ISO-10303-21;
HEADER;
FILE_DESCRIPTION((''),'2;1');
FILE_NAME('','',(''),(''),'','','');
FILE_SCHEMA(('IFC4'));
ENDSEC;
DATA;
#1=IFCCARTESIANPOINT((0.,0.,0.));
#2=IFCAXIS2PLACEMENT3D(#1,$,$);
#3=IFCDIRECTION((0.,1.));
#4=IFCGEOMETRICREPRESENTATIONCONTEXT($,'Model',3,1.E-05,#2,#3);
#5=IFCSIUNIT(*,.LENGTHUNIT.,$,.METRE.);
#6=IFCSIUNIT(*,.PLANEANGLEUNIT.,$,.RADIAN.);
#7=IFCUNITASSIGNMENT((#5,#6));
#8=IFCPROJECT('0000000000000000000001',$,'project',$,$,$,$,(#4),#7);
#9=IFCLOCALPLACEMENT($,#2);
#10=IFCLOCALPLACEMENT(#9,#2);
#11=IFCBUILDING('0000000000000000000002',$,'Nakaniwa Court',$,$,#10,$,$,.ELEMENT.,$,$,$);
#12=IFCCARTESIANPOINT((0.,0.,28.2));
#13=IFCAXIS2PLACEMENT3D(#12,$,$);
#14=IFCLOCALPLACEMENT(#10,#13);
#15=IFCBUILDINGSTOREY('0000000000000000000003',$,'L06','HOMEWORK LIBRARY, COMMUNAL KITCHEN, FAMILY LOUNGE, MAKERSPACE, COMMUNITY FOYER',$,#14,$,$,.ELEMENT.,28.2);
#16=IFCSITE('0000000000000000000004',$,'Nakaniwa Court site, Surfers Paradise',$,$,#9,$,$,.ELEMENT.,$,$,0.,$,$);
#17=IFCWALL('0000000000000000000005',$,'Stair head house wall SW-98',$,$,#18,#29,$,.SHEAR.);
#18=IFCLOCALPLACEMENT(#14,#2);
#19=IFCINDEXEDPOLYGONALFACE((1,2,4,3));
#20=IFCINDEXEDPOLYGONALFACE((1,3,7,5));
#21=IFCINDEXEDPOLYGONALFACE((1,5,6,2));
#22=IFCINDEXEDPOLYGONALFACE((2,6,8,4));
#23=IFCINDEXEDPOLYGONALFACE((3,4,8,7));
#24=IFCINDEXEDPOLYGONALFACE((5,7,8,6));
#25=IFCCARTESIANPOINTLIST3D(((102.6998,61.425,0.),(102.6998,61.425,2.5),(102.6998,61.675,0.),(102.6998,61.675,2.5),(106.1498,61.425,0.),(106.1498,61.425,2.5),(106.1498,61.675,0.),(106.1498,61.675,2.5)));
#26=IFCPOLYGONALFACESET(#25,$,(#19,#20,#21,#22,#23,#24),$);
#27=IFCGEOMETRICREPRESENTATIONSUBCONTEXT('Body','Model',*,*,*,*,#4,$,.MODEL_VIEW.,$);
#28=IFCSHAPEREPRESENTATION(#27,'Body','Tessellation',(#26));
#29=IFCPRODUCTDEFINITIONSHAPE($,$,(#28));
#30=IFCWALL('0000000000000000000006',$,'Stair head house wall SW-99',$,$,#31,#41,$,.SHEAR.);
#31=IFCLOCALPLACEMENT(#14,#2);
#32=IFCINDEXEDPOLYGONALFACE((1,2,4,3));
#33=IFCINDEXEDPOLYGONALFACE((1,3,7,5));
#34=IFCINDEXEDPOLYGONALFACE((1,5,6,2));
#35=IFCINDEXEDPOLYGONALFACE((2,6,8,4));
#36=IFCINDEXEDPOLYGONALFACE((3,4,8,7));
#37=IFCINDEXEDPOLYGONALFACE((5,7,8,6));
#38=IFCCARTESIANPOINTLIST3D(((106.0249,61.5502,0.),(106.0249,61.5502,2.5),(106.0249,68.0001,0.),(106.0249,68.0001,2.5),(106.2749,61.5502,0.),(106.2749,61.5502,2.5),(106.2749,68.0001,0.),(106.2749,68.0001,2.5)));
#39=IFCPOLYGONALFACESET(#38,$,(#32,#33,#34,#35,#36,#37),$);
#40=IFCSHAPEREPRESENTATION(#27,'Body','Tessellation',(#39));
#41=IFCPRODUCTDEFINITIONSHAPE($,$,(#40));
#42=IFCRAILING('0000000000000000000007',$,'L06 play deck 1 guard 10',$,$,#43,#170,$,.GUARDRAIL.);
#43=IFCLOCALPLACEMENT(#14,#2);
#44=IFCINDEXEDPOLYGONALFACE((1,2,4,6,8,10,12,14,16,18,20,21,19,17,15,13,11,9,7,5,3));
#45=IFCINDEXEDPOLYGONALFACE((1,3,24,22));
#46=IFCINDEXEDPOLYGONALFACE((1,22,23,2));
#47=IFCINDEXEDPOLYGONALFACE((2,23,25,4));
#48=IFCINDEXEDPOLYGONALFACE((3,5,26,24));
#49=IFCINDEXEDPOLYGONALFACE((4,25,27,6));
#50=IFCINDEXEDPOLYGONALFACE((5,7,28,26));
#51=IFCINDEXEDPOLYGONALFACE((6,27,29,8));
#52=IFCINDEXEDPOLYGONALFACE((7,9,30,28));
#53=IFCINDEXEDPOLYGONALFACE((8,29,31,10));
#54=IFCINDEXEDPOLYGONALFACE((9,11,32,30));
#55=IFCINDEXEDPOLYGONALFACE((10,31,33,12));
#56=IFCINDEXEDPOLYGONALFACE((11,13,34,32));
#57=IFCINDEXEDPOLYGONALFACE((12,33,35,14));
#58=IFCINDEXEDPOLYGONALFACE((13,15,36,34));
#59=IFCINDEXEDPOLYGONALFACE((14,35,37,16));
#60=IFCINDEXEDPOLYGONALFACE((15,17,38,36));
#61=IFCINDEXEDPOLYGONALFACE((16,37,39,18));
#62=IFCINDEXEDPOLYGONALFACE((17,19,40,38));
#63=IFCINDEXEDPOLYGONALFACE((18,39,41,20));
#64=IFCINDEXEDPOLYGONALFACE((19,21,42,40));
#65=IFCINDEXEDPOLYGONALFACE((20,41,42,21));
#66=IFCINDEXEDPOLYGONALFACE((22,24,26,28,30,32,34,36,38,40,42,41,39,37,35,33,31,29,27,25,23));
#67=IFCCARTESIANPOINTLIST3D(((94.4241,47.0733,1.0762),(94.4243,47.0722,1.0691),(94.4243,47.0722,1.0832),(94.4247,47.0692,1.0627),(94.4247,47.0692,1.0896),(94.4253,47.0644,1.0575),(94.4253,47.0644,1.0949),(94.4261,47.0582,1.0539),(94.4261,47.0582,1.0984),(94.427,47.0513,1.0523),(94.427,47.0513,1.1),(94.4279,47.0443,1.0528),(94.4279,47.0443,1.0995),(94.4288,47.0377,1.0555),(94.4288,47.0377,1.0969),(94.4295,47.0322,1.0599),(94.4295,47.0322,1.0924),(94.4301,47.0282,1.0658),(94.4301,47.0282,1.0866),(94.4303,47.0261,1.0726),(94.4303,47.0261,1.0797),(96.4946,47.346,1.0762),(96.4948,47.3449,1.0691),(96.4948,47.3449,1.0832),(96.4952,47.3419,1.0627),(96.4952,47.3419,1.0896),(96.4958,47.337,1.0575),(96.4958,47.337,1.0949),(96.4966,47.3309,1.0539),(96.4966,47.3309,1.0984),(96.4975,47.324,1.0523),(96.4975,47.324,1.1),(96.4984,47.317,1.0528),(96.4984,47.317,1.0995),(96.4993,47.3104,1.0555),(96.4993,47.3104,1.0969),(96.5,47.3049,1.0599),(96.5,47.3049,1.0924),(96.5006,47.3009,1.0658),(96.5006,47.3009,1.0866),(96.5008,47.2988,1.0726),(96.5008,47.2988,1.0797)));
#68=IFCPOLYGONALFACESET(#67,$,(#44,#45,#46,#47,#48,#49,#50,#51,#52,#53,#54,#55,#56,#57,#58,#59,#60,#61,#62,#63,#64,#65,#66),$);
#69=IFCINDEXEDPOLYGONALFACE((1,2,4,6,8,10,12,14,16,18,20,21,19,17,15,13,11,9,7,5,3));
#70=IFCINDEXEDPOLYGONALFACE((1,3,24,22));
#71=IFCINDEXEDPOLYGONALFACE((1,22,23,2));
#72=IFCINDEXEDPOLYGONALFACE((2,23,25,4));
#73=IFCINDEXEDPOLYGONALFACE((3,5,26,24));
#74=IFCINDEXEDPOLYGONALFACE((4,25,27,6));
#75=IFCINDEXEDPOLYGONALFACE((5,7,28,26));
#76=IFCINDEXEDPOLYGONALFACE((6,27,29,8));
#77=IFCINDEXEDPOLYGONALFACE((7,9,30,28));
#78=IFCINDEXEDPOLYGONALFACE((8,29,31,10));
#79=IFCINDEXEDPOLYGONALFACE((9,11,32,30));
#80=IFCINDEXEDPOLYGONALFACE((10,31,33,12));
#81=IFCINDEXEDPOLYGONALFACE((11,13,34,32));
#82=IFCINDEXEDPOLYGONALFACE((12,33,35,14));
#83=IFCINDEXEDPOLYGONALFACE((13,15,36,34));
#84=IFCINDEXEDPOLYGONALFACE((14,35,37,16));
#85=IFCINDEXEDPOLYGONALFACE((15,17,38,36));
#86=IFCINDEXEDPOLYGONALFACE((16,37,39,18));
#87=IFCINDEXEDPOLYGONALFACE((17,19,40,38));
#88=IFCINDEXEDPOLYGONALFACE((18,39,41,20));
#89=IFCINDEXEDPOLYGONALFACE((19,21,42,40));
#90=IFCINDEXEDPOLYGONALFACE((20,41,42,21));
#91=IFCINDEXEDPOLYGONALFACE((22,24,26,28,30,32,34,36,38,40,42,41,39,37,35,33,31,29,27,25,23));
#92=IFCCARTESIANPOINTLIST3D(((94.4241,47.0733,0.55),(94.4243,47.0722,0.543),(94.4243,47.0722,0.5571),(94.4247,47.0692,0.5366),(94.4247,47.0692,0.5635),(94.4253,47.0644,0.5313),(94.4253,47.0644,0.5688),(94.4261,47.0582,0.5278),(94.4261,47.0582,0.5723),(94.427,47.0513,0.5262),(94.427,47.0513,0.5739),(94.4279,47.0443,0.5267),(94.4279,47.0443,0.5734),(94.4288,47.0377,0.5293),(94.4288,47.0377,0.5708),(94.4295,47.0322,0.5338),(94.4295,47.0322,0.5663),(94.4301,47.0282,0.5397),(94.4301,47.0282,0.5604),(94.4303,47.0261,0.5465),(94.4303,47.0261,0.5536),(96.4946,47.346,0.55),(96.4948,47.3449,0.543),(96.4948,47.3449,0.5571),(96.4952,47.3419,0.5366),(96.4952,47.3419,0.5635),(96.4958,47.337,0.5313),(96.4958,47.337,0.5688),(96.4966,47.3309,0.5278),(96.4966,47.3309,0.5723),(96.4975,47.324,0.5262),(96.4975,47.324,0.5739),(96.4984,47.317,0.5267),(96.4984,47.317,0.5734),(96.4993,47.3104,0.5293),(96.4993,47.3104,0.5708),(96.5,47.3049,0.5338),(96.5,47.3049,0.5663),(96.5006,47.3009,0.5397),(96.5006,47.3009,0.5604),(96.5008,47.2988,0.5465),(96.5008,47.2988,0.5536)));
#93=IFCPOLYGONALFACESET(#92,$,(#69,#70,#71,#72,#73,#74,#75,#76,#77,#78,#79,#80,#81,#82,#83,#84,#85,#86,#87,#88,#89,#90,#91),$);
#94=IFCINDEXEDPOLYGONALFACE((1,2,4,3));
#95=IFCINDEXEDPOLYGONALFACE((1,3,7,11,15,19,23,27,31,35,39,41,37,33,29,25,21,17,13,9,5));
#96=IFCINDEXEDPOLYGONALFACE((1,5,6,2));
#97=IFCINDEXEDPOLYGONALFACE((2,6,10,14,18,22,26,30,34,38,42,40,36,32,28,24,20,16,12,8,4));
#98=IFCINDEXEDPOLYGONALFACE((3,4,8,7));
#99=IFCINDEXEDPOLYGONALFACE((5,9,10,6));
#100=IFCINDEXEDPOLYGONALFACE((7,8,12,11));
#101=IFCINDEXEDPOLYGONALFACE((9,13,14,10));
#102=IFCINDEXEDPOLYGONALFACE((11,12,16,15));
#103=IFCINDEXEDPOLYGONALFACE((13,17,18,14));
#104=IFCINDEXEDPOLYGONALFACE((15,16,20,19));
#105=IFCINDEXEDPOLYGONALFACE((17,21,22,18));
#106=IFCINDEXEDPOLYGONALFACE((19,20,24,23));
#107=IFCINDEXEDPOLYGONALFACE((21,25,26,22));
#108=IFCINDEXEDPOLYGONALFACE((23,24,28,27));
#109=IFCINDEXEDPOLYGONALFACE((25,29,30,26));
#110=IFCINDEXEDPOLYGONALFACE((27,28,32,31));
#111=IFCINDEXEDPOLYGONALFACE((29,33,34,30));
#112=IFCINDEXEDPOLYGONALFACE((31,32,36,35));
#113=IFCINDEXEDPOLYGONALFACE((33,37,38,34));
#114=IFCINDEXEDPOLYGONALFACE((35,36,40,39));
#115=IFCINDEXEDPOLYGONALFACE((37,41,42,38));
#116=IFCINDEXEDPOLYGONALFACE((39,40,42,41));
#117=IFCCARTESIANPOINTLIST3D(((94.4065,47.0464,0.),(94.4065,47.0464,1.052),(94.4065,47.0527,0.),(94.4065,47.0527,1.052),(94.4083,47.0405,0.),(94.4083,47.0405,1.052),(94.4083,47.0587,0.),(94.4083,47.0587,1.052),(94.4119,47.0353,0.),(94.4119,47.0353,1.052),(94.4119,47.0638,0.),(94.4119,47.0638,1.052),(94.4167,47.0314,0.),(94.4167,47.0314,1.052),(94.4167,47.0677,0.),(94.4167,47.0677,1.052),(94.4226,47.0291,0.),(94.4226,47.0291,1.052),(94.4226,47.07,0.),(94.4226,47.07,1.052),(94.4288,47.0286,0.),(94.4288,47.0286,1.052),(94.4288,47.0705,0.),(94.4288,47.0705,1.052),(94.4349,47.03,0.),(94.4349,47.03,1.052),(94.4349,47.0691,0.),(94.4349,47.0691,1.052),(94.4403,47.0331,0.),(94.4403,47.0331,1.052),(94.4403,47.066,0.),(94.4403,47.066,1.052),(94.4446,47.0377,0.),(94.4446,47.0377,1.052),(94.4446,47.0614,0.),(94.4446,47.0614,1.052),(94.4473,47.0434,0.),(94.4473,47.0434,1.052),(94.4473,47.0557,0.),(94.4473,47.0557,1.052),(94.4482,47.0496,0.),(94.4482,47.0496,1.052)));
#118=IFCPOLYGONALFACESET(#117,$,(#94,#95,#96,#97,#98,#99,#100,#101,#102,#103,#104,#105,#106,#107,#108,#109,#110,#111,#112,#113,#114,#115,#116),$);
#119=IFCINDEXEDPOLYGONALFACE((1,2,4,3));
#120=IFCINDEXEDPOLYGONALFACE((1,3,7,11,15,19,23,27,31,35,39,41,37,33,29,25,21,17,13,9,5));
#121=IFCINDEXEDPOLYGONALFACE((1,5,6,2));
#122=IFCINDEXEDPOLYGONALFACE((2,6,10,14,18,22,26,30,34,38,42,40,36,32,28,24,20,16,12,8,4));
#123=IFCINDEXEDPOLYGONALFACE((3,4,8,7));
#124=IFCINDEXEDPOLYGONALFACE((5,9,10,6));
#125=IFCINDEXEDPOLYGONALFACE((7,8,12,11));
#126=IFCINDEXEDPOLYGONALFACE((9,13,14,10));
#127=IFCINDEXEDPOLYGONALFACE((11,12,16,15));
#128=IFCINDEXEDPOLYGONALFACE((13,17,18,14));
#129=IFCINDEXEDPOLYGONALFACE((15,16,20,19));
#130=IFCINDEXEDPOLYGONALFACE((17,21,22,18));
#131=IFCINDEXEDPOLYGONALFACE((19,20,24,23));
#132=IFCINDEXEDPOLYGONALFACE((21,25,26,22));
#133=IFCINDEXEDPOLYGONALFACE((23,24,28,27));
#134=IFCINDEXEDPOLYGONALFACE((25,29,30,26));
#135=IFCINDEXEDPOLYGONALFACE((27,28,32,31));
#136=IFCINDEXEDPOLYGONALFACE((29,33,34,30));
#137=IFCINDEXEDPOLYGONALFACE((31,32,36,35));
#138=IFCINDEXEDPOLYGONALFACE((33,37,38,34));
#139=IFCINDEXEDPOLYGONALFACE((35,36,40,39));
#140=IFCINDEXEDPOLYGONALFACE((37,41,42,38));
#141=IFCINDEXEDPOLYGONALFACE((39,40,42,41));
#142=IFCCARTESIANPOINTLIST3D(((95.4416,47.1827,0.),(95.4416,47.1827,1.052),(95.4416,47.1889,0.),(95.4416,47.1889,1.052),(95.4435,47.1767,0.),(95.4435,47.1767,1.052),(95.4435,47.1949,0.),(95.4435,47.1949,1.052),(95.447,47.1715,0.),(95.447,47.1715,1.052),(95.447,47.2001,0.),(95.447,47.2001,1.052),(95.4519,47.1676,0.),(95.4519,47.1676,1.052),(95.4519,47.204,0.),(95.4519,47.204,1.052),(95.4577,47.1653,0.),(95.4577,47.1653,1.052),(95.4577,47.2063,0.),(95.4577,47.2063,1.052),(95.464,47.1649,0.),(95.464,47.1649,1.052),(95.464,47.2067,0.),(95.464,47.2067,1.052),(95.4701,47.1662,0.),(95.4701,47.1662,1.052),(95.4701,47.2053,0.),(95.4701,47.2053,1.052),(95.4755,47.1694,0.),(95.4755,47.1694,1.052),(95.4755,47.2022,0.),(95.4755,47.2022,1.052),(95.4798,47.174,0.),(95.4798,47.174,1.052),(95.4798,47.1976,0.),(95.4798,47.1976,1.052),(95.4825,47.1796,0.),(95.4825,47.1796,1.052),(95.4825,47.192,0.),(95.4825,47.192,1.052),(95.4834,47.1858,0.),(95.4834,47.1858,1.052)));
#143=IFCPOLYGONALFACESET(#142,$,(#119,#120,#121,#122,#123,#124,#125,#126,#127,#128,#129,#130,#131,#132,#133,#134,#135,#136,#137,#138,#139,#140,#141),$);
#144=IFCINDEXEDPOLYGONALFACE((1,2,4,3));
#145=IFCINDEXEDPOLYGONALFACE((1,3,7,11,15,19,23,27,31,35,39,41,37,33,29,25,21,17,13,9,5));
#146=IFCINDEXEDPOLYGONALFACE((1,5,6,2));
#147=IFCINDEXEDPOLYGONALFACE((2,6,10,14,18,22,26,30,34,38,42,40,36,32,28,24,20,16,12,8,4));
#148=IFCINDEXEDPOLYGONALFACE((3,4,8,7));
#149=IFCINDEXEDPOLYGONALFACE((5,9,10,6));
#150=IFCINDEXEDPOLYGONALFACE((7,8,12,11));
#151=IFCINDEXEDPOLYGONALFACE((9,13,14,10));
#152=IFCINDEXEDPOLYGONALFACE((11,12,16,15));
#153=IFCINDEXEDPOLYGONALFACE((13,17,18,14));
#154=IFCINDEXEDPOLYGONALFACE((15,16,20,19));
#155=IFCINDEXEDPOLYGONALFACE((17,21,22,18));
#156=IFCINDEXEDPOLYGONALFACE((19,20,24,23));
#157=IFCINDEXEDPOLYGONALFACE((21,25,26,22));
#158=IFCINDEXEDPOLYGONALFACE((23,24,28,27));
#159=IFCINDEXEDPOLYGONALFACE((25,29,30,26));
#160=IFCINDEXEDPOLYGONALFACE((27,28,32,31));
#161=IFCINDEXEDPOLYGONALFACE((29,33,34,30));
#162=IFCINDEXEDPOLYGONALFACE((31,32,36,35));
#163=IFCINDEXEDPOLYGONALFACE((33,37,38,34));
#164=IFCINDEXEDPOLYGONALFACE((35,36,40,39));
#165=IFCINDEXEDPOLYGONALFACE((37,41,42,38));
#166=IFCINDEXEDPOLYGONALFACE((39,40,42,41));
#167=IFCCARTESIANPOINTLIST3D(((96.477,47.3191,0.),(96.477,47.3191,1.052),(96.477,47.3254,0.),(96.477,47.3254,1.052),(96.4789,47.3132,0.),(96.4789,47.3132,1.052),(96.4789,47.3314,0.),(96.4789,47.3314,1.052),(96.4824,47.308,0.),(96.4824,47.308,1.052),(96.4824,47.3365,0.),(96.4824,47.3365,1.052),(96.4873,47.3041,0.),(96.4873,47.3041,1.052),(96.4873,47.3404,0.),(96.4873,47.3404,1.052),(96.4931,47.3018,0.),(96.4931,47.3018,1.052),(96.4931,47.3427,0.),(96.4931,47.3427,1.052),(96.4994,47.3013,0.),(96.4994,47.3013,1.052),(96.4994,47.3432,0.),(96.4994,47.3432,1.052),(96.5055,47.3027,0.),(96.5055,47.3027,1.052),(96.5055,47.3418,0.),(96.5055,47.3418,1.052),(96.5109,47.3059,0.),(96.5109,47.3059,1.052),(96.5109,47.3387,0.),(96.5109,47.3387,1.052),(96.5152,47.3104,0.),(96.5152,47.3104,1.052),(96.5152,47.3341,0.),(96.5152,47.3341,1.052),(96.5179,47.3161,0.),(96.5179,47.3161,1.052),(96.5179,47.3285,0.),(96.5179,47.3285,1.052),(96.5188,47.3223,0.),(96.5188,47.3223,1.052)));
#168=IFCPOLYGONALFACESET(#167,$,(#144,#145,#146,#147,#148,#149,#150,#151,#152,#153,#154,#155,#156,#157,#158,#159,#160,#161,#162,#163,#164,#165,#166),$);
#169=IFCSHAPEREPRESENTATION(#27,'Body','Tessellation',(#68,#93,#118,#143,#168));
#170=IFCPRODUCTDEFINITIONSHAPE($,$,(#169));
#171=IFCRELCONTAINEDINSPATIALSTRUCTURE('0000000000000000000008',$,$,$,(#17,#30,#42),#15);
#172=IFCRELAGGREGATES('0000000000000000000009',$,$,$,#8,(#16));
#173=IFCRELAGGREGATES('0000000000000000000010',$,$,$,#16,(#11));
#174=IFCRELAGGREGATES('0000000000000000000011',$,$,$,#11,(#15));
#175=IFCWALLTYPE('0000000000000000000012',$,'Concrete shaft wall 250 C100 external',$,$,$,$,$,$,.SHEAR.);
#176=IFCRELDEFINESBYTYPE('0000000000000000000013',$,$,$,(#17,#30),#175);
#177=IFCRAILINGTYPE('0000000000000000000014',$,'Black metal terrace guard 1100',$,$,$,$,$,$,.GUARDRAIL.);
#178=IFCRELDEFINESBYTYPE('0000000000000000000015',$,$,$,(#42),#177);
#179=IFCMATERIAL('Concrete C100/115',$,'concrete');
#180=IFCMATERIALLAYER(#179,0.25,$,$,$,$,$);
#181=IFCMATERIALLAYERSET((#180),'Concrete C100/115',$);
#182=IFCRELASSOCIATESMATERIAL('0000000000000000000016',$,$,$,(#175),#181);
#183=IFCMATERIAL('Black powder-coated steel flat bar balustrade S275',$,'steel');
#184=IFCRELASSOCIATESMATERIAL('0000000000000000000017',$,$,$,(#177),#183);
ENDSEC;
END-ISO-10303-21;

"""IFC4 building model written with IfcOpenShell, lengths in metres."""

from ifc_helpers import new_model, si_unit, direction, frame, frame_2d, origin, origin_2d, place, context, subcontext, project, spatial, rectangle, circle, extrude, material, layer, layer_set, type_object, element, save


model = new_model("IFC4")

# Units and contexts
model_context = context("Model", 3, precision=1e-05, world=origin(), true_north=direction((0.0, 1.0)))
body_context = subcontext(model_context, "Body", "Model", "MODEL_VIEW")
ifc_project = project(units=[si_unit("LENGTHUNIT", "METRE"), si_unit("PLANEANGLEUNIT", "RADIAN")], contexts=[model_context])

# Site, building, storey
site_placement = place(None, origin())
site = spatial("IfcSite", under=ifc_project, at=site_placement, Name="Nakaniwa Court site, Surfers Paradise", CompositionType="ELEMENT", RefElevation=0.0)
building_placement = place(site_placement, origin())
building = spatial("IfcBuilding", under=site, at=building_placement, Name="Nakaniwa Court", CompositionType="ELEMENT")
storey_placement = place(building_placement, frame((0.0, 0.0, 28.2)))
storey = spatial("IfcBuildingStorey", under=building, at=storey_placement, Name="L06", Description="HOMEWORK LIBRARY, COMMUNAL KITCHEN, FAMILY LOUNGE, MAKERSPACE, COMMUNITY FOYER", CompositionType="ELEMENT", Elevation=28.2)

# Shared definitions
ifc_material_1 = material(Name="Concrete C100/115", Category="concrete")

# Walls
ifc_layer_1 = layer(ifc_material_1, 0.25)
ifc_layer_set_1 = layer_set([ifc_layer_1], Name="Concrete C100/115")
wall_type_1 = type_object("IfcWallType", Name="Concrete shaft wall 250 C100 external", PredefinedType="SHEAR", material=ifc_layer_set_1)
wall_1_placement = place(storey_placement, frame((106.1499, 61.55, 0.0), z_axis=(0.0, 0.0, 1.0), x_axis=(-1.0, 0.0, 0.0)))
element("IfcWall", 1, at=wall_1_placement, inside=storey, type_object=wall_type_1, Name="Stair head house wall SW-98", PredefinedType="SHEAR", context=body_context, shape_type="SweptSolid", body=[
    extrude(rectangle(XDim=3.45, YDim=0.25, at=frame_2d((1.7251, 0.0))), origin(), (0.0, 0.0, 1.0), 2.5),
])
wall_2_placement = place(storey_placement, frame((106.1499, 61.55, 0.0), z_axis=(0.0, 0.0, 1.0), x_axis=(0.0, 1.0, 0.0)))
element("IfcWall", 2, at=wall_2_placement, inside=storey, type_object=wall_type_1, Name="Stair head house wall SW-99", PredefinedType="SHEAR", context=body_context, shape_type="SweptSolid", body=[
    extrude(rectangle(XDim=6.45, YDim=0.25, at=frame_2d((3.2251, 0.0))), origin(), (0.0, 0.0, 1.0), 2.5),
])

# Railing
ifc_material_2 = material(Name="Black powder-coated steel flat bar balustrade S275", Category="steel")
railing_type_1 = type_object("IfcRailingType", Name="Black metal terrace guard 1100", PredefinedType="GUARDRAIL", material=ifc_material_2)
railing_1_placement = place(storey_placement, frame((94.4272, 47.0496, 0.0)))
element("IfcRailing", 3, at=railing_1_placement, inside=storey, type_object=railing_type_1, Name="L06 play deck 1 guard 10", PredefinedType="GUARDRAIL", context=body_context, shape_type="SweptSolid", body=[
    extrude(circle(Radius=0.0239, at=origin_2d()), frame((0.0, 0.0, 1.0762), z_axis=(0.991438, 0.130578, 0.0), x_axis=(-0.130578, 0.991438, 0.0)), (0.0, 0.0, 1.0), 2.0884),
    extrude(circle(Radius=0.0239, at=origin_2d()), frame((0.0, 0.0, 0.55), z_axis=(0.991438, 0.130578, 0.0), x_axis=(-0.130578, 0.991438, 0.0)), (0.0, 0.0, 1.0), 2.0884),
    extrude(circle(Radius=0.021, at=origin_2d()), origin(), (0.0, 0.0, 1.0), 1.052),
    extrude(circle(Radius=0.021, at=origin_2d()), frame((1.0352, 0.1362, 0.0)), (0.0, 0.0, 1.0), 1.052),
    extrude(circle(Radius=0.021, at=origin_2d()), frame((2.0706, 0.2727, 0.0)), (0.0, 0.0, 1.0), 1.052),
])

save(model, "model.ifc")
